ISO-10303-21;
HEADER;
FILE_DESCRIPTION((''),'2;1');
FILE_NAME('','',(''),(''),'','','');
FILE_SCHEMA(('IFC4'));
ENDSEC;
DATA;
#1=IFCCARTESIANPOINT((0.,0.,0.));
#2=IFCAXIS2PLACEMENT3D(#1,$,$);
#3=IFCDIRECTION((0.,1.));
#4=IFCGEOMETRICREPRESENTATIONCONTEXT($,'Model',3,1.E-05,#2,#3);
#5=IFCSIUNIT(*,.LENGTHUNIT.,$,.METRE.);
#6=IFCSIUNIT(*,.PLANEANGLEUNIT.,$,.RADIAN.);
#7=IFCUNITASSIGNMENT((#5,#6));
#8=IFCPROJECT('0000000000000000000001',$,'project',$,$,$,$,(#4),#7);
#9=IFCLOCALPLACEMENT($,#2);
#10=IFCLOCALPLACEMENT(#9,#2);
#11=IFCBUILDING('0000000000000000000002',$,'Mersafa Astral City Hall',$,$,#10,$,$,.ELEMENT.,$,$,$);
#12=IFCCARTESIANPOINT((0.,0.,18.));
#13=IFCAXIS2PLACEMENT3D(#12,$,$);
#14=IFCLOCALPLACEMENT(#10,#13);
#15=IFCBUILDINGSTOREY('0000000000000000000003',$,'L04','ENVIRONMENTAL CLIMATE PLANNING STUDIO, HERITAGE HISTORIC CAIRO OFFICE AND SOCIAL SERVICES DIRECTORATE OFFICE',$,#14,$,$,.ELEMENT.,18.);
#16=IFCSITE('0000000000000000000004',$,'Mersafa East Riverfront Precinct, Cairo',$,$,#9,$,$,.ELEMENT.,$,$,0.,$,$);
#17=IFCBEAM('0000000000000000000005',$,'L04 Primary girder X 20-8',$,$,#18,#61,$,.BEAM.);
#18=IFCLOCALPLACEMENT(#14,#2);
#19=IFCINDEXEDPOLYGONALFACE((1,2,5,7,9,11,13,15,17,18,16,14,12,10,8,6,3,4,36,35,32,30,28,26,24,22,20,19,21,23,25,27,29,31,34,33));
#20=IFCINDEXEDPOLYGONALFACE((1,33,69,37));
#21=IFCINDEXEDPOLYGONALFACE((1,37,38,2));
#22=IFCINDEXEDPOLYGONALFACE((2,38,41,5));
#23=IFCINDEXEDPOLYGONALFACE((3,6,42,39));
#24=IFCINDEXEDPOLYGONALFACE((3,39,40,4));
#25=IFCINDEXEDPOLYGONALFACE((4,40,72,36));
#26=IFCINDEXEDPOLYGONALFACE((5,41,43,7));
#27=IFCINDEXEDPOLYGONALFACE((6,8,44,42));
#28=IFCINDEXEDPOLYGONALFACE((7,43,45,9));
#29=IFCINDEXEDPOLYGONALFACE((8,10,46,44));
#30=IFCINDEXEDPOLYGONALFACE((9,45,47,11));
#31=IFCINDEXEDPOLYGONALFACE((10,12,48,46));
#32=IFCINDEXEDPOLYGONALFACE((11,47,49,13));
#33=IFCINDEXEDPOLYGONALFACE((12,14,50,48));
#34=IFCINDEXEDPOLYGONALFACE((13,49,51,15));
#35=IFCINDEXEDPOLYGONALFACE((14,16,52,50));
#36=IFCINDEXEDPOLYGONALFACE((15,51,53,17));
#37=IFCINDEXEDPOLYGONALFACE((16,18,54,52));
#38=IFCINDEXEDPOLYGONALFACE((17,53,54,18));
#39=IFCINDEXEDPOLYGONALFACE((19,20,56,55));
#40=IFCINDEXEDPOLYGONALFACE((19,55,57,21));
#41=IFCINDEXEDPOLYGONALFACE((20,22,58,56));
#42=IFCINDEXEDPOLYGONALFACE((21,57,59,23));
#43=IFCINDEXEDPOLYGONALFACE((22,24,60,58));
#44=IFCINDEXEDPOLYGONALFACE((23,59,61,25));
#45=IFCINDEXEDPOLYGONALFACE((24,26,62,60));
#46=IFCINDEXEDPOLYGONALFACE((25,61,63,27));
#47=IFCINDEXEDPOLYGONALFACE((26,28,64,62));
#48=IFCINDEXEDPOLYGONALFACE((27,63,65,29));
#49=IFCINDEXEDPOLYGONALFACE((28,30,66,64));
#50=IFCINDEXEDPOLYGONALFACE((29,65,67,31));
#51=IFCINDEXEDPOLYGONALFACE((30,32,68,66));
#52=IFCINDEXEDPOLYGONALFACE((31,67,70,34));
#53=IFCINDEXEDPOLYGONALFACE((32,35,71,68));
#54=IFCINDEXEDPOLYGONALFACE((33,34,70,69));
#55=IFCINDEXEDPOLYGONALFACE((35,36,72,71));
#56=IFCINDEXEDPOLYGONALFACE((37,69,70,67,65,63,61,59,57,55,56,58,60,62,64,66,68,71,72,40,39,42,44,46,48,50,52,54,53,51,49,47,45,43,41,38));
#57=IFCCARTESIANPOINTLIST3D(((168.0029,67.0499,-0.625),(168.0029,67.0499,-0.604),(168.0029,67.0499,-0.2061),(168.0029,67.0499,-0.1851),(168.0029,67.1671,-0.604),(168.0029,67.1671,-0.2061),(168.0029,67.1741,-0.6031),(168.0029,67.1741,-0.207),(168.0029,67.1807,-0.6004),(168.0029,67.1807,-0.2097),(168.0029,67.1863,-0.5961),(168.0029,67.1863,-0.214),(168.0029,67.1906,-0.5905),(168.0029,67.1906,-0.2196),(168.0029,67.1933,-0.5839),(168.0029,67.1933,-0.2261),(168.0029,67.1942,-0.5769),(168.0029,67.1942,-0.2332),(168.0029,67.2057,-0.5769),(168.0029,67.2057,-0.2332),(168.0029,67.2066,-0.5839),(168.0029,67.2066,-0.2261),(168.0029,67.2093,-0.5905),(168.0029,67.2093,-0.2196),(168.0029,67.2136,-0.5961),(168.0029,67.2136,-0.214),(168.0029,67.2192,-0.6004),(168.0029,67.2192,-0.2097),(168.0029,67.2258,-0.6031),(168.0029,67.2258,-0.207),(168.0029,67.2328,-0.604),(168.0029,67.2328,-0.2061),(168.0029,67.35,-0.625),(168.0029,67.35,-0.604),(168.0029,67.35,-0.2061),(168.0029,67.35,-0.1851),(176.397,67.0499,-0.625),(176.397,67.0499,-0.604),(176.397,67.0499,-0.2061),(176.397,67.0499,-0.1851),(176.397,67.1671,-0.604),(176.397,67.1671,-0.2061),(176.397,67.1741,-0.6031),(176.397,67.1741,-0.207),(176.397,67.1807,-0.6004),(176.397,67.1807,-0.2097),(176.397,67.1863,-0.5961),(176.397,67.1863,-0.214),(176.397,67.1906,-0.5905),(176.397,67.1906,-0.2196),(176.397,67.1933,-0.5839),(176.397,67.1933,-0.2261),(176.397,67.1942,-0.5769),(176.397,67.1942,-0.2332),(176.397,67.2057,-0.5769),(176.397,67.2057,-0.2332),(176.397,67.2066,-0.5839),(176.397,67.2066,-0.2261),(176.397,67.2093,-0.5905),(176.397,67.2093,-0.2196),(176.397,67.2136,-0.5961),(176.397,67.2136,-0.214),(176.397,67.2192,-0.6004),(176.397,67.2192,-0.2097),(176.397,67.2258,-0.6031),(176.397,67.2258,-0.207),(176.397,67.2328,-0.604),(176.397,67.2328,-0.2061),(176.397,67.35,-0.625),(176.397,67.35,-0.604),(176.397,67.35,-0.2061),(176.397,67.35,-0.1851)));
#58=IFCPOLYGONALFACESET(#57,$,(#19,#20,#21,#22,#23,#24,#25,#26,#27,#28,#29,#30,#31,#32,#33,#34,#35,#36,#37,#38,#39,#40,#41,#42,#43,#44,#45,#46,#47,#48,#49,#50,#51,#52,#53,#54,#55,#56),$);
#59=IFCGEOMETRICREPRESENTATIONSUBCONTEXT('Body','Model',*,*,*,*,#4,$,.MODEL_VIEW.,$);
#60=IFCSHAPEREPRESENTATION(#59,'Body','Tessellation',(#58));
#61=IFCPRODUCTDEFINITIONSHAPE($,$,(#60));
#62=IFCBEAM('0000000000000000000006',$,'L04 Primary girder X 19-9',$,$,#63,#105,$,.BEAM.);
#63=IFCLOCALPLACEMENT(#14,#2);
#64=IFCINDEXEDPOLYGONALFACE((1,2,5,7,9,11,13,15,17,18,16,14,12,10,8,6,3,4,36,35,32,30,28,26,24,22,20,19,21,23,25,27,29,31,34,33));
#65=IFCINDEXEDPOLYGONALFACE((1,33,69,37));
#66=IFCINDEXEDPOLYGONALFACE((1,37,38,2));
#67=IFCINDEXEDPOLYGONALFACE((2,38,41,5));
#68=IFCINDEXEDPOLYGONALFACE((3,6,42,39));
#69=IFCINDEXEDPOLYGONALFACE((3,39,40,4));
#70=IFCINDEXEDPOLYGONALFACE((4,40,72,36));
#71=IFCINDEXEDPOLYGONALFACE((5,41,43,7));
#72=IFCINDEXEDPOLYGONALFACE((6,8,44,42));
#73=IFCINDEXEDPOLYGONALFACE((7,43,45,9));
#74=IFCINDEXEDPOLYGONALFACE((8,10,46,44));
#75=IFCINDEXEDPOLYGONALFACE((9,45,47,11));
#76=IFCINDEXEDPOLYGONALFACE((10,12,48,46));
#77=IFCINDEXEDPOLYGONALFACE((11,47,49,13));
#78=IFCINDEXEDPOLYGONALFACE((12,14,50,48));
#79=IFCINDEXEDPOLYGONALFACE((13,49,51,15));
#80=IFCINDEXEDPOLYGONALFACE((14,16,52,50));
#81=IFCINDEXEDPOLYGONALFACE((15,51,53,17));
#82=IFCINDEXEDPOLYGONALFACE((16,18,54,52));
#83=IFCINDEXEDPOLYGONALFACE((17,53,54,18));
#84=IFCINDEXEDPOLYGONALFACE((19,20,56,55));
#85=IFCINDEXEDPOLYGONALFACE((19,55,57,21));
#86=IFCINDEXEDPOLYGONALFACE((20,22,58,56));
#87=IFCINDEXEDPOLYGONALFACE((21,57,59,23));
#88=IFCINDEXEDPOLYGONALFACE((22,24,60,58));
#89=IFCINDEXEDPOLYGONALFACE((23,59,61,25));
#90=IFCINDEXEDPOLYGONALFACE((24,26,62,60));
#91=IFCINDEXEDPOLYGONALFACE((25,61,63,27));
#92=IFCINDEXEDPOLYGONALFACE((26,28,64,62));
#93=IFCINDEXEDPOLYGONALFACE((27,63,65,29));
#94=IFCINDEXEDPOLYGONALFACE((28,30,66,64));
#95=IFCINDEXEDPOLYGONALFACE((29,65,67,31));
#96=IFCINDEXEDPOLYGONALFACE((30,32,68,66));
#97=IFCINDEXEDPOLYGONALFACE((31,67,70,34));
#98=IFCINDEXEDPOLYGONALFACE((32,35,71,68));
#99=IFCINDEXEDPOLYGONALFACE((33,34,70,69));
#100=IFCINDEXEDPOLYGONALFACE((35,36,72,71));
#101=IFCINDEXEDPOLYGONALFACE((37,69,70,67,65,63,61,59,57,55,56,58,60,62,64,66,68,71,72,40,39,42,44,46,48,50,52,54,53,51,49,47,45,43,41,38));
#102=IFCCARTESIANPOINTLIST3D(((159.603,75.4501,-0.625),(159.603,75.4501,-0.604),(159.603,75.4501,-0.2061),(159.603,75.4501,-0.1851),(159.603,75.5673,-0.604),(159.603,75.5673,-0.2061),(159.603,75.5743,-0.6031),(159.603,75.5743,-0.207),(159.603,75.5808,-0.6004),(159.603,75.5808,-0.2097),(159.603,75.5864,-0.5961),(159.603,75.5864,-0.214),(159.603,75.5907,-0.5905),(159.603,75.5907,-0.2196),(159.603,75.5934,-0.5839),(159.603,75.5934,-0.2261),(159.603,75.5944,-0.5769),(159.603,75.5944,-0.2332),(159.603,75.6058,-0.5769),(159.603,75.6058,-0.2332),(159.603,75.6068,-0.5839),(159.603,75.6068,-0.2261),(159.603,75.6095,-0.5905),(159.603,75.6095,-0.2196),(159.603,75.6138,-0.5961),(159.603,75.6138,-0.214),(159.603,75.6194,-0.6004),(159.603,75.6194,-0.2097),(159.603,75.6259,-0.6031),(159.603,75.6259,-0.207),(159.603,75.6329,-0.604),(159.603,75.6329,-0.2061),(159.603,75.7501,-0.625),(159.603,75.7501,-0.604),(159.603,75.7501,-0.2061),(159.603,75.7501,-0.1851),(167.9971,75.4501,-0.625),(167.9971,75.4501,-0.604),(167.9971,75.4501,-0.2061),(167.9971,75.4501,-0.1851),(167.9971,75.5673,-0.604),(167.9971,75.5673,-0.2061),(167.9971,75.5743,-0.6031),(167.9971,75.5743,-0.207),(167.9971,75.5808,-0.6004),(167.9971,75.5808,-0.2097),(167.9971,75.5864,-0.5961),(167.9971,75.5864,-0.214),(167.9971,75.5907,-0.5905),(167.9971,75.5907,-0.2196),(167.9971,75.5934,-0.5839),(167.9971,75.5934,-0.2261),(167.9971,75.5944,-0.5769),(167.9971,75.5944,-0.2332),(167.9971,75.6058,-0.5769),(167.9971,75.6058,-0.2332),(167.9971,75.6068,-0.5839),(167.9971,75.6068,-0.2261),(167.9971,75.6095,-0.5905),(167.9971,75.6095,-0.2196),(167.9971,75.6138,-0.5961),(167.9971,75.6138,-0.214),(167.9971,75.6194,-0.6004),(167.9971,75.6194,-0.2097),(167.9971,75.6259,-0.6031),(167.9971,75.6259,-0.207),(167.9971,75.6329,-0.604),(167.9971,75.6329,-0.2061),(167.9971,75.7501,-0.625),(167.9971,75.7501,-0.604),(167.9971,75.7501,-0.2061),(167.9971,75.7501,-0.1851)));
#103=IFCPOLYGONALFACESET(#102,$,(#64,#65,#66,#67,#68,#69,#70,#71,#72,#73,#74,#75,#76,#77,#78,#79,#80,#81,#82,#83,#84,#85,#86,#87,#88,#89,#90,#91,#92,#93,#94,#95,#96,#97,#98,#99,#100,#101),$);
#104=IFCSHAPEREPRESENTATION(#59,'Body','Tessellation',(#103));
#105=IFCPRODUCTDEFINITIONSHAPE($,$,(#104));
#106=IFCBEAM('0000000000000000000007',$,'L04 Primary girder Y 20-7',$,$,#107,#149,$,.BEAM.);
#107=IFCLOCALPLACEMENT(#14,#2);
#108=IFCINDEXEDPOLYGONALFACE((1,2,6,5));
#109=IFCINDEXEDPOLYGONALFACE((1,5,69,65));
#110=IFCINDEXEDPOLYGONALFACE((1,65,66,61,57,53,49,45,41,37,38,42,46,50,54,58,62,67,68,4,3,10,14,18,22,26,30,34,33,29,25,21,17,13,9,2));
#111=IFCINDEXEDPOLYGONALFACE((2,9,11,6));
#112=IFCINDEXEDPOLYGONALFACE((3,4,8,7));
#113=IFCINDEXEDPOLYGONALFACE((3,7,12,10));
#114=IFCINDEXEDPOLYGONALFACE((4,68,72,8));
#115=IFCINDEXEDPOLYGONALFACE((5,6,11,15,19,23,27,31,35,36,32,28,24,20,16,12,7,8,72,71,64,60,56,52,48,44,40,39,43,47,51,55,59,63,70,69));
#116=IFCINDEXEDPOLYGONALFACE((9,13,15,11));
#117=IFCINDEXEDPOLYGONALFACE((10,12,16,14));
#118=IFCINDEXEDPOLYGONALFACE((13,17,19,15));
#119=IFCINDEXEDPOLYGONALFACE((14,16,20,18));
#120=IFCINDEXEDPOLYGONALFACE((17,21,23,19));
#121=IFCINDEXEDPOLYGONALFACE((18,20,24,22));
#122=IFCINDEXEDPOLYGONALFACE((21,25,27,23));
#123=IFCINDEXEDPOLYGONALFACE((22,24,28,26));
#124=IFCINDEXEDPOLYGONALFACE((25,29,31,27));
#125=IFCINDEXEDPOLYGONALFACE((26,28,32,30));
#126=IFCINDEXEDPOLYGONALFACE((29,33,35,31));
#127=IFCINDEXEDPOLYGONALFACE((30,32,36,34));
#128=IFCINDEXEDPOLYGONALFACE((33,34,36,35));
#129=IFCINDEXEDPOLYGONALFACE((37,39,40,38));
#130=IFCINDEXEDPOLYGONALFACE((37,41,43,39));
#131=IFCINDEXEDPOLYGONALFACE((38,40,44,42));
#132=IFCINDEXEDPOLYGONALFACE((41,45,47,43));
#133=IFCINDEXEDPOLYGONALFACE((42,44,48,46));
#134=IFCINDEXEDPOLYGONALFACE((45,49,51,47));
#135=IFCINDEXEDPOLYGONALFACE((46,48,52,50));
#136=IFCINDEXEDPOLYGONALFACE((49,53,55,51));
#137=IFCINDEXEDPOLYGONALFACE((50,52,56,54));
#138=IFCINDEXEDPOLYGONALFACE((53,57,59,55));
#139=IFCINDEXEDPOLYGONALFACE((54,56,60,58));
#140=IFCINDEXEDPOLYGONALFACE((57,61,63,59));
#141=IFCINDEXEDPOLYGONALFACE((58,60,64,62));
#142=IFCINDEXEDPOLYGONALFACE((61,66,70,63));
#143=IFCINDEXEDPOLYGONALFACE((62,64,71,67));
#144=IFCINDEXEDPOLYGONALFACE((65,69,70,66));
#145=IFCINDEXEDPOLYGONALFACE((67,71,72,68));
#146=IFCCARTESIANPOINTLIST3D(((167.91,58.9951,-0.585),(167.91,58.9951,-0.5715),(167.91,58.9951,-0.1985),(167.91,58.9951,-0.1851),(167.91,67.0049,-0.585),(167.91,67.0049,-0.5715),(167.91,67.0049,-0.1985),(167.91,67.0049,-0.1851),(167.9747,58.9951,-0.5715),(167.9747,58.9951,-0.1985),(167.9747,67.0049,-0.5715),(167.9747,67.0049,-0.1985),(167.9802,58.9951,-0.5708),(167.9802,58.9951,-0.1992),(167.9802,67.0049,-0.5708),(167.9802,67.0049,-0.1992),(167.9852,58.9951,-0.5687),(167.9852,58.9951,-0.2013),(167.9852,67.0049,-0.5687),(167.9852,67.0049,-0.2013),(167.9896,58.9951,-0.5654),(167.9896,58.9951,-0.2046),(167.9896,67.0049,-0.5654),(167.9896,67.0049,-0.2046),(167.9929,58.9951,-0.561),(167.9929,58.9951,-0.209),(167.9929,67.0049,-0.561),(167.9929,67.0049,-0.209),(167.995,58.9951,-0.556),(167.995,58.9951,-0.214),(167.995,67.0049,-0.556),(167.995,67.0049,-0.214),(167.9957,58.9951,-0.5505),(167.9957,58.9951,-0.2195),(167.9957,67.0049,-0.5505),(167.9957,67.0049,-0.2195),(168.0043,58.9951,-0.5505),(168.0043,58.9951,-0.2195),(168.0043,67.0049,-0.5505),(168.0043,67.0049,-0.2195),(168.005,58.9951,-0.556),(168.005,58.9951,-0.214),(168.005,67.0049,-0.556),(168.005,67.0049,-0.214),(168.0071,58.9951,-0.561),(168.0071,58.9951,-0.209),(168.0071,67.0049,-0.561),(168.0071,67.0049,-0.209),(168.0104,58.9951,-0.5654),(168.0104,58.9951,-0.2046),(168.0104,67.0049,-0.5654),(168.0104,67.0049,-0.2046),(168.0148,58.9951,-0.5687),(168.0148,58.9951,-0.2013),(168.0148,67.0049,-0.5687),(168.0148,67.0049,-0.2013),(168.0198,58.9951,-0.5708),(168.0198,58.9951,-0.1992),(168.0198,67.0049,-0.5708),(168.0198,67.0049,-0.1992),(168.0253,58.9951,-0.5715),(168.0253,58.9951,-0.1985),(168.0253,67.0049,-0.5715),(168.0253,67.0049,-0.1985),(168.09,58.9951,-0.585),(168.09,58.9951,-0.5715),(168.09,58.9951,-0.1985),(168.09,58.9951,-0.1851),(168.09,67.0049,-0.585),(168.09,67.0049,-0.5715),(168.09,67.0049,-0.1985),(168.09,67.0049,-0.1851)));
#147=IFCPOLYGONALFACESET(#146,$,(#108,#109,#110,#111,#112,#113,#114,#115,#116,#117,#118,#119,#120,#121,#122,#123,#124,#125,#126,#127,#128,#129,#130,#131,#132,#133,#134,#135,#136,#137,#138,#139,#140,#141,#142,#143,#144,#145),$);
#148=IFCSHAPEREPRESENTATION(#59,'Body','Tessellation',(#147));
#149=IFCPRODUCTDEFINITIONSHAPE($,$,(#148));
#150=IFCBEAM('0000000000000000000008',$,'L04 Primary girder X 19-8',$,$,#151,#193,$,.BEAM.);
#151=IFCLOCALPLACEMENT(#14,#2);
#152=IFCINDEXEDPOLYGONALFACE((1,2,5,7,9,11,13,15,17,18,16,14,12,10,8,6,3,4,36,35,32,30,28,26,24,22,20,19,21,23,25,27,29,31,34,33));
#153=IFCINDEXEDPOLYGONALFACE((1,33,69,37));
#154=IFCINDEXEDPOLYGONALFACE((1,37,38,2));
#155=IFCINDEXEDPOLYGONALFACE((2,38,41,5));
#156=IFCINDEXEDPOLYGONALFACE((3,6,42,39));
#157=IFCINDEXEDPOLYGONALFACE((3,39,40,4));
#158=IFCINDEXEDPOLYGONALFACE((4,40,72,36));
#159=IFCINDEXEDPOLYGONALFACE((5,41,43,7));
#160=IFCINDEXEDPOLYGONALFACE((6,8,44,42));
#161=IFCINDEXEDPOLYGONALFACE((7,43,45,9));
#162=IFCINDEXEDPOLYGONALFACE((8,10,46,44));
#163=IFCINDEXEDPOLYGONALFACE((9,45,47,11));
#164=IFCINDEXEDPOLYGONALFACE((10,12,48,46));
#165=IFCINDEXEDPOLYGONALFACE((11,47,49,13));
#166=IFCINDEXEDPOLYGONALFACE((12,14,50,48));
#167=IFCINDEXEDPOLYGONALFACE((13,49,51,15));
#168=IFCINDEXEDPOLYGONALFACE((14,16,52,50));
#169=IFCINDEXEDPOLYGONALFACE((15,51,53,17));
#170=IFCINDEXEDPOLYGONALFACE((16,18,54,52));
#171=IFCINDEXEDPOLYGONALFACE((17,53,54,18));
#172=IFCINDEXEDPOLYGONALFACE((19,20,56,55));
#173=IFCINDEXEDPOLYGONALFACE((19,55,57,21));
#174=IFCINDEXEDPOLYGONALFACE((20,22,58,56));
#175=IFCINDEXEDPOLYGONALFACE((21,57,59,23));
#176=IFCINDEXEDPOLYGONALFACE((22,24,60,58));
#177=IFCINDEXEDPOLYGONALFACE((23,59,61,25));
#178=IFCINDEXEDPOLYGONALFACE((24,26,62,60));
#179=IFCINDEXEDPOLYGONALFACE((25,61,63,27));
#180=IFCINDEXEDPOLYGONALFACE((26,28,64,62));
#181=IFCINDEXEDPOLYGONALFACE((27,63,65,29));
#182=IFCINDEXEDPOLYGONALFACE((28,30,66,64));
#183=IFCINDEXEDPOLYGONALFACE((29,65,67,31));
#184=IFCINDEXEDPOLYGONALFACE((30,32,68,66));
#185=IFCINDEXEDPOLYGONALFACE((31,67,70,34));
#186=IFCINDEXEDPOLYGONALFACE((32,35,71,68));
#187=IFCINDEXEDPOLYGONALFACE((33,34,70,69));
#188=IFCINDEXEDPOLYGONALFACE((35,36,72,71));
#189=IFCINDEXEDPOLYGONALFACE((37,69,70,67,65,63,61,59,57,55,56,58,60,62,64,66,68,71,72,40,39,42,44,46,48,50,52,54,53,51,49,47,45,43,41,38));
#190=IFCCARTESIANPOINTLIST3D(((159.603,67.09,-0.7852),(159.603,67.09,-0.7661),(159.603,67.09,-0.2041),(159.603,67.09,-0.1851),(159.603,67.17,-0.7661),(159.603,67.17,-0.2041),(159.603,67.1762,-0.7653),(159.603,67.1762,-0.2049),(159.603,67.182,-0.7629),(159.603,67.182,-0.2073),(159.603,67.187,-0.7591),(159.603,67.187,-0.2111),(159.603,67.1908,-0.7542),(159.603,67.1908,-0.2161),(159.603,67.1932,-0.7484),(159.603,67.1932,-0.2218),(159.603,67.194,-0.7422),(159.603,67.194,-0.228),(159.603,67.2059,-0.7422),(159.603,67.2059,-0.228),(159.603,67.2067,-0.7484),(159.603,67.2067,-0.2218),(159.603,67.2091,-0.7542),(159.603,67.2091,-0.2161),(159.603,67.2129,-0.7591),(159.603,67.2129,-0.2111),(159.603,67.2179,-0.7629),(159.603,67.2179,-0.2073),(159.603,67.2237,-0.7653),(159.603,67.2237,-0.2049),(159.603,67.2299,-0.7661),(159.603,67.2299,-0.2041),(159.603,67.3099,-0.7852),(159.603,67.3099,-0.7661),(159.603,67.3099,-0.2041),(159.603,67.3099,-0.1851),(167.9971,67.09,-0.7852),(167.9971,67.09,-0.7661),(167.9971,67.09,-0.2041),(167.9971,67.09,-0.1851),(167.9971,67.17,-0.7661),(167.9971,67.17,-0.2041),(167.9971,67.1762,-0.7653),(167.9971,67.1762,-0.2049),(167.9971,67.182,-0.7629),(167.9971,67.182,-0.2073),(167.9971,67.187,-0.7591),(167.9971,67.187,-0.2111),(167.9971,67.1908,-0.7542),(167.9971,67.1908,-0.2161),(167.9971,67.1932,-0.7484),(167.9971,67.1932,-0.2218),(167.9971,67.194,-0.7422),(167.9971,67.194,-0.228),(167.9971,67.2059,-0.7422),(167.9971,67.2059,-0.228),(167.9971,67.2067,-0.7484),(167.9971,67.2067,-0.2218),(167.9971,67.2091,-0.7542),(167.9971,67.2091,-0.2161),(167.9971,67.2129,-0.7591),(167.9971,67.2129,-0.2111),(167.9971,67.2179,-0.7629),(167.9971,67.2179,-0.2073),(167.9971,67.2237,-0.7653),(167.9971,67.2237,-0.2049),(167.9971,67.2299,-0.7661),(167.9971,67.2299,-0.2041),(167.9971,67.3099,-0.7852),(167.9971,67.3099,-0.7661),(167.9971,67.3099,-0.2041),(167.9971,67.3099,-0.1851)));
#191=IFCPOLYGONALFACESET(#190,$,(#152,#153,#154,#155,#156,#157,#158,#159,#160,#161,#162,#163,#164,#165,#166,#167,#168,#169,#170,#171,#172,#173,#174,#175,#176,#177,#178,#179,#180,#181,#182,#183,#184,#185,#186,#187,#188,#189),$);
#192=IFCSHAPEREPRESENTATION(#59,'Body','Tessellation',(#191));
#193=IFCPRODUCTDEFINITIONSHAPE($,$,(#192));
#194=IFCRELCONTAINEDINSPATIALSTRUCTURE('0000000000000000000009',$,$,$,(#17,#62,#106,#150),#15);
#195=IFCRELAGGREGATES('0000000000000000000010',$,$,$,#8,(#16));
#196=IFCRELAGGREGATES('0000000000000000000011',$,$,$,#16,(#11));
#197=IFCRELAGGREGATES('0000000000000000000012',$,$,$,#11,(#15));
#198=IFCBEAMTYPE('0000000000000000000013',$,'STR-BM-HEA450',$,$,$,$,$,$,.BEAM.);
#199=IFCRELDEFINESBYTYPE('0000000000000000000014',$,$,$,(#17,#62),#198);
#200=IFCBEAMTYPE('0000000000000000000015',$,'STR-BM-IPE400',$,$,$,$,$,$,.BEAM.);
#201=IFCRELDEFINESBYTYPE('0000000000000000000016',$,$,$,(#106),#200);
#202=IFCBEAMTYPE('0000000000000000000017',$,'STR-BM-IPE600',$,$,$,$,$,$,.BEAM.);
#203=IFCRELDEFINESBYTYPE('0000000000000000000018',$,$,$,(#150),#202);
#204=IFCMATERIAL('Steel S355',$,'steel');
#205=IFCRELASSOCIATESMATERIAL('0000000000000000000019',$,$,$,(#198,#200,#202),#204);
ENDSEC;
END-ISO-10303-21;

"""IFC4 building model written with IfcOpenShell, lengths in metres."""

from ifc_helpers import new_model, si_unit, direction, frame, origin, origin_2d, place, context, subcontext, project, spatial, i_section, extrude, material, material_profile, profile_set, type_object, element, save


model = new_model("IFC4")

# Units and contexts
model_context = context("Model", 3, precision=1e-05, world=origin(), true_north=direction((0.0, 1.0)))
body_context = subcontext(model_context, "Body", "Model", "MODEL_VIEW")
ifc_project = project(units=[si_unit("LENGTHUNIT", "METRE"), si_unit("PLANEANGLEUNIT", "RADIAN")], contexts=[model_context])

# Site, building, storey
site_placement = place(None, origin())
site = spatial("IfcSite", under=ifc_project, at=site_placement, Name="Mersafa East Riverfront Precinct, Cairo", CompositionType="ELEMENT", RefElevation=0.0)
building_placement = place(site_placement, origin())
building = spatial("IfcBuilding", under=site, at=building_placement, Name="Mersafa Astral City Hall", CompositionType="ELEMENT")
storey_placement = place(building_placement, frame((0.0, 0.0, 18.0)))
storey = spatial("IfcBuildingStorey", under=building, at=storey_placement, Name="L04", Description="ENVIRONMENTAL CLIMATE PLANNING STUDIO, HERITAGE HISTORIC CAIRO OFFICE AND SOCIAL SERVICES DIRECTORATE OFFICE", CompositionType="ELEMENT", Elevation=18.0)

# Shared definitions
ifc_material_1 = material(Name="Steel S355", Category="steel")

# Beams
ifc_material_profile_1 = material_profile(ifc_material_1, i_section(OverallWidth=0.3, OverallDepth=0.4399, WebThickness=0.0115, FlangeThickness=0.021, FilletRadius=0.0271, at=origin_2d()), Name="HEA 450")
ifc_profile_set_1 = profile_set([ifc_material_profile_1], Name="Steel S355")
beam_type_1 = type_object("IfcBeamType", Name="STR-BM-HEA450", PredefinedType="BEAM", material=ifc_profile_set_1)
for number, where, z_axis, x_axis, name in (
    (1, (168.0029, 67.2, -0.405), (1.0, 0.0, 0.0), (0.0, 1.0, 0.0), "L04 Primary girder X 20-8"),
    (2, (159.603, 75.6001, -0.405), (1.0, 0.0, 0.0), (0.0, 1.0, 0.0), "L04 Primary girder X 19-9"),
):
    element("IfcBeam", number, at=place(storey_placement, frame(where, z_axis=z_axis, x_axis=x_axis)), inside=storey, type_object=beam_type_1, Name=name, PredefinedType="BEAM", context=body_context, shape_type="SweptSolid", body=[
        extrude(i_section(OverallWidth=0.3, OverallDepth=0.4399, WebThickness=0.0115, FlangeThickness=0.021, FilletRadius=0.0271, at=origin_2d()), origin(), (0.0, 0.0, 1.0), 8.394),
    ])
ifc_material_profile_2 = material_profile(ifc_material_1, i_section(OverallWidth=0.1799, OverallDepth=0.3999, WebThickness=0.0085, FlangeThickness=0.0134, FilletRadius=0.021, at=origin_2d()), Name="IPE 400")
ifc_profile_set_2 = profile_set([ifc_material_profile_2], Name="Steel S355")
beam_type_2 = type_object("IfcBeamType", Name="STR-BM-IPE400", PredefinedType="BEAM", material=ifc_profile_set_2)
beam_1_placement = place(storey_placement, frame((168.0, 58.9951, -0.385), z_axis=(0.0, 1.0, 0.0), x_axis=(-1.0, 0.0, 0.0)))
element("IfcBeam", 3, at=beam_1_placement, inside=storey, type_object=beam_type_2, Name="L04 Primary girder Y 20-7", PredefinedType="BEAM", context=body_context, shape_type="SweptSolid", body=[
    extrude(i_section(OverallWidth=0.1799, OverallDepth=0.3999, WebThickness=0.0085, FlangeThickness=0.0134, FilletRadius=0.021, at=origin_2d()), origin(), (0.0, 0.0, 1.0), 8.0098),
])
ifc_material_profile_3 = material_profile(ifc_material_1, i_section(OverallWidth=0.22, OverallDepth=0.6001, WebThickness=0.012, FlangeThickness=0.019, FilletRadius=0.0239, at=origin_2d()), Name="IPE 600")
ifc_profile_set_3 = profile_set([ifc_material_profile_3], Name="Steel S355")
beam_type_3 = type_object("IfcBeamType", Name="STR-BM-IPE600", PredefinedType="BEAM", material=ifc_profile_set_3)
beam_2_placement = place(storey_placement, frame((159.603, 67.2, -0.4851), z_axis=(1.0, 0.0, 0.0), x_axis=(0.0, 1.0, 0.0)))
element("IfcBeam", 4, at=beam_2_placement, inside=storey, type_object=beam_type_3, Name="L04 Primary girder X 19-8", PredefinedType="BEAM", context=body_context, shape_type="SweptSolid", body=[
    extrude(i_section(OverallWidth=0.22, OverallDepth=0.6001, WebThickness=0.012, FlangeThickness=0.019, FilletRadius=0.0239, at=origin_2d()), origin(), (0.0, 0.0, 1.0), 8.394),
])

save(model, "model.ifc")
